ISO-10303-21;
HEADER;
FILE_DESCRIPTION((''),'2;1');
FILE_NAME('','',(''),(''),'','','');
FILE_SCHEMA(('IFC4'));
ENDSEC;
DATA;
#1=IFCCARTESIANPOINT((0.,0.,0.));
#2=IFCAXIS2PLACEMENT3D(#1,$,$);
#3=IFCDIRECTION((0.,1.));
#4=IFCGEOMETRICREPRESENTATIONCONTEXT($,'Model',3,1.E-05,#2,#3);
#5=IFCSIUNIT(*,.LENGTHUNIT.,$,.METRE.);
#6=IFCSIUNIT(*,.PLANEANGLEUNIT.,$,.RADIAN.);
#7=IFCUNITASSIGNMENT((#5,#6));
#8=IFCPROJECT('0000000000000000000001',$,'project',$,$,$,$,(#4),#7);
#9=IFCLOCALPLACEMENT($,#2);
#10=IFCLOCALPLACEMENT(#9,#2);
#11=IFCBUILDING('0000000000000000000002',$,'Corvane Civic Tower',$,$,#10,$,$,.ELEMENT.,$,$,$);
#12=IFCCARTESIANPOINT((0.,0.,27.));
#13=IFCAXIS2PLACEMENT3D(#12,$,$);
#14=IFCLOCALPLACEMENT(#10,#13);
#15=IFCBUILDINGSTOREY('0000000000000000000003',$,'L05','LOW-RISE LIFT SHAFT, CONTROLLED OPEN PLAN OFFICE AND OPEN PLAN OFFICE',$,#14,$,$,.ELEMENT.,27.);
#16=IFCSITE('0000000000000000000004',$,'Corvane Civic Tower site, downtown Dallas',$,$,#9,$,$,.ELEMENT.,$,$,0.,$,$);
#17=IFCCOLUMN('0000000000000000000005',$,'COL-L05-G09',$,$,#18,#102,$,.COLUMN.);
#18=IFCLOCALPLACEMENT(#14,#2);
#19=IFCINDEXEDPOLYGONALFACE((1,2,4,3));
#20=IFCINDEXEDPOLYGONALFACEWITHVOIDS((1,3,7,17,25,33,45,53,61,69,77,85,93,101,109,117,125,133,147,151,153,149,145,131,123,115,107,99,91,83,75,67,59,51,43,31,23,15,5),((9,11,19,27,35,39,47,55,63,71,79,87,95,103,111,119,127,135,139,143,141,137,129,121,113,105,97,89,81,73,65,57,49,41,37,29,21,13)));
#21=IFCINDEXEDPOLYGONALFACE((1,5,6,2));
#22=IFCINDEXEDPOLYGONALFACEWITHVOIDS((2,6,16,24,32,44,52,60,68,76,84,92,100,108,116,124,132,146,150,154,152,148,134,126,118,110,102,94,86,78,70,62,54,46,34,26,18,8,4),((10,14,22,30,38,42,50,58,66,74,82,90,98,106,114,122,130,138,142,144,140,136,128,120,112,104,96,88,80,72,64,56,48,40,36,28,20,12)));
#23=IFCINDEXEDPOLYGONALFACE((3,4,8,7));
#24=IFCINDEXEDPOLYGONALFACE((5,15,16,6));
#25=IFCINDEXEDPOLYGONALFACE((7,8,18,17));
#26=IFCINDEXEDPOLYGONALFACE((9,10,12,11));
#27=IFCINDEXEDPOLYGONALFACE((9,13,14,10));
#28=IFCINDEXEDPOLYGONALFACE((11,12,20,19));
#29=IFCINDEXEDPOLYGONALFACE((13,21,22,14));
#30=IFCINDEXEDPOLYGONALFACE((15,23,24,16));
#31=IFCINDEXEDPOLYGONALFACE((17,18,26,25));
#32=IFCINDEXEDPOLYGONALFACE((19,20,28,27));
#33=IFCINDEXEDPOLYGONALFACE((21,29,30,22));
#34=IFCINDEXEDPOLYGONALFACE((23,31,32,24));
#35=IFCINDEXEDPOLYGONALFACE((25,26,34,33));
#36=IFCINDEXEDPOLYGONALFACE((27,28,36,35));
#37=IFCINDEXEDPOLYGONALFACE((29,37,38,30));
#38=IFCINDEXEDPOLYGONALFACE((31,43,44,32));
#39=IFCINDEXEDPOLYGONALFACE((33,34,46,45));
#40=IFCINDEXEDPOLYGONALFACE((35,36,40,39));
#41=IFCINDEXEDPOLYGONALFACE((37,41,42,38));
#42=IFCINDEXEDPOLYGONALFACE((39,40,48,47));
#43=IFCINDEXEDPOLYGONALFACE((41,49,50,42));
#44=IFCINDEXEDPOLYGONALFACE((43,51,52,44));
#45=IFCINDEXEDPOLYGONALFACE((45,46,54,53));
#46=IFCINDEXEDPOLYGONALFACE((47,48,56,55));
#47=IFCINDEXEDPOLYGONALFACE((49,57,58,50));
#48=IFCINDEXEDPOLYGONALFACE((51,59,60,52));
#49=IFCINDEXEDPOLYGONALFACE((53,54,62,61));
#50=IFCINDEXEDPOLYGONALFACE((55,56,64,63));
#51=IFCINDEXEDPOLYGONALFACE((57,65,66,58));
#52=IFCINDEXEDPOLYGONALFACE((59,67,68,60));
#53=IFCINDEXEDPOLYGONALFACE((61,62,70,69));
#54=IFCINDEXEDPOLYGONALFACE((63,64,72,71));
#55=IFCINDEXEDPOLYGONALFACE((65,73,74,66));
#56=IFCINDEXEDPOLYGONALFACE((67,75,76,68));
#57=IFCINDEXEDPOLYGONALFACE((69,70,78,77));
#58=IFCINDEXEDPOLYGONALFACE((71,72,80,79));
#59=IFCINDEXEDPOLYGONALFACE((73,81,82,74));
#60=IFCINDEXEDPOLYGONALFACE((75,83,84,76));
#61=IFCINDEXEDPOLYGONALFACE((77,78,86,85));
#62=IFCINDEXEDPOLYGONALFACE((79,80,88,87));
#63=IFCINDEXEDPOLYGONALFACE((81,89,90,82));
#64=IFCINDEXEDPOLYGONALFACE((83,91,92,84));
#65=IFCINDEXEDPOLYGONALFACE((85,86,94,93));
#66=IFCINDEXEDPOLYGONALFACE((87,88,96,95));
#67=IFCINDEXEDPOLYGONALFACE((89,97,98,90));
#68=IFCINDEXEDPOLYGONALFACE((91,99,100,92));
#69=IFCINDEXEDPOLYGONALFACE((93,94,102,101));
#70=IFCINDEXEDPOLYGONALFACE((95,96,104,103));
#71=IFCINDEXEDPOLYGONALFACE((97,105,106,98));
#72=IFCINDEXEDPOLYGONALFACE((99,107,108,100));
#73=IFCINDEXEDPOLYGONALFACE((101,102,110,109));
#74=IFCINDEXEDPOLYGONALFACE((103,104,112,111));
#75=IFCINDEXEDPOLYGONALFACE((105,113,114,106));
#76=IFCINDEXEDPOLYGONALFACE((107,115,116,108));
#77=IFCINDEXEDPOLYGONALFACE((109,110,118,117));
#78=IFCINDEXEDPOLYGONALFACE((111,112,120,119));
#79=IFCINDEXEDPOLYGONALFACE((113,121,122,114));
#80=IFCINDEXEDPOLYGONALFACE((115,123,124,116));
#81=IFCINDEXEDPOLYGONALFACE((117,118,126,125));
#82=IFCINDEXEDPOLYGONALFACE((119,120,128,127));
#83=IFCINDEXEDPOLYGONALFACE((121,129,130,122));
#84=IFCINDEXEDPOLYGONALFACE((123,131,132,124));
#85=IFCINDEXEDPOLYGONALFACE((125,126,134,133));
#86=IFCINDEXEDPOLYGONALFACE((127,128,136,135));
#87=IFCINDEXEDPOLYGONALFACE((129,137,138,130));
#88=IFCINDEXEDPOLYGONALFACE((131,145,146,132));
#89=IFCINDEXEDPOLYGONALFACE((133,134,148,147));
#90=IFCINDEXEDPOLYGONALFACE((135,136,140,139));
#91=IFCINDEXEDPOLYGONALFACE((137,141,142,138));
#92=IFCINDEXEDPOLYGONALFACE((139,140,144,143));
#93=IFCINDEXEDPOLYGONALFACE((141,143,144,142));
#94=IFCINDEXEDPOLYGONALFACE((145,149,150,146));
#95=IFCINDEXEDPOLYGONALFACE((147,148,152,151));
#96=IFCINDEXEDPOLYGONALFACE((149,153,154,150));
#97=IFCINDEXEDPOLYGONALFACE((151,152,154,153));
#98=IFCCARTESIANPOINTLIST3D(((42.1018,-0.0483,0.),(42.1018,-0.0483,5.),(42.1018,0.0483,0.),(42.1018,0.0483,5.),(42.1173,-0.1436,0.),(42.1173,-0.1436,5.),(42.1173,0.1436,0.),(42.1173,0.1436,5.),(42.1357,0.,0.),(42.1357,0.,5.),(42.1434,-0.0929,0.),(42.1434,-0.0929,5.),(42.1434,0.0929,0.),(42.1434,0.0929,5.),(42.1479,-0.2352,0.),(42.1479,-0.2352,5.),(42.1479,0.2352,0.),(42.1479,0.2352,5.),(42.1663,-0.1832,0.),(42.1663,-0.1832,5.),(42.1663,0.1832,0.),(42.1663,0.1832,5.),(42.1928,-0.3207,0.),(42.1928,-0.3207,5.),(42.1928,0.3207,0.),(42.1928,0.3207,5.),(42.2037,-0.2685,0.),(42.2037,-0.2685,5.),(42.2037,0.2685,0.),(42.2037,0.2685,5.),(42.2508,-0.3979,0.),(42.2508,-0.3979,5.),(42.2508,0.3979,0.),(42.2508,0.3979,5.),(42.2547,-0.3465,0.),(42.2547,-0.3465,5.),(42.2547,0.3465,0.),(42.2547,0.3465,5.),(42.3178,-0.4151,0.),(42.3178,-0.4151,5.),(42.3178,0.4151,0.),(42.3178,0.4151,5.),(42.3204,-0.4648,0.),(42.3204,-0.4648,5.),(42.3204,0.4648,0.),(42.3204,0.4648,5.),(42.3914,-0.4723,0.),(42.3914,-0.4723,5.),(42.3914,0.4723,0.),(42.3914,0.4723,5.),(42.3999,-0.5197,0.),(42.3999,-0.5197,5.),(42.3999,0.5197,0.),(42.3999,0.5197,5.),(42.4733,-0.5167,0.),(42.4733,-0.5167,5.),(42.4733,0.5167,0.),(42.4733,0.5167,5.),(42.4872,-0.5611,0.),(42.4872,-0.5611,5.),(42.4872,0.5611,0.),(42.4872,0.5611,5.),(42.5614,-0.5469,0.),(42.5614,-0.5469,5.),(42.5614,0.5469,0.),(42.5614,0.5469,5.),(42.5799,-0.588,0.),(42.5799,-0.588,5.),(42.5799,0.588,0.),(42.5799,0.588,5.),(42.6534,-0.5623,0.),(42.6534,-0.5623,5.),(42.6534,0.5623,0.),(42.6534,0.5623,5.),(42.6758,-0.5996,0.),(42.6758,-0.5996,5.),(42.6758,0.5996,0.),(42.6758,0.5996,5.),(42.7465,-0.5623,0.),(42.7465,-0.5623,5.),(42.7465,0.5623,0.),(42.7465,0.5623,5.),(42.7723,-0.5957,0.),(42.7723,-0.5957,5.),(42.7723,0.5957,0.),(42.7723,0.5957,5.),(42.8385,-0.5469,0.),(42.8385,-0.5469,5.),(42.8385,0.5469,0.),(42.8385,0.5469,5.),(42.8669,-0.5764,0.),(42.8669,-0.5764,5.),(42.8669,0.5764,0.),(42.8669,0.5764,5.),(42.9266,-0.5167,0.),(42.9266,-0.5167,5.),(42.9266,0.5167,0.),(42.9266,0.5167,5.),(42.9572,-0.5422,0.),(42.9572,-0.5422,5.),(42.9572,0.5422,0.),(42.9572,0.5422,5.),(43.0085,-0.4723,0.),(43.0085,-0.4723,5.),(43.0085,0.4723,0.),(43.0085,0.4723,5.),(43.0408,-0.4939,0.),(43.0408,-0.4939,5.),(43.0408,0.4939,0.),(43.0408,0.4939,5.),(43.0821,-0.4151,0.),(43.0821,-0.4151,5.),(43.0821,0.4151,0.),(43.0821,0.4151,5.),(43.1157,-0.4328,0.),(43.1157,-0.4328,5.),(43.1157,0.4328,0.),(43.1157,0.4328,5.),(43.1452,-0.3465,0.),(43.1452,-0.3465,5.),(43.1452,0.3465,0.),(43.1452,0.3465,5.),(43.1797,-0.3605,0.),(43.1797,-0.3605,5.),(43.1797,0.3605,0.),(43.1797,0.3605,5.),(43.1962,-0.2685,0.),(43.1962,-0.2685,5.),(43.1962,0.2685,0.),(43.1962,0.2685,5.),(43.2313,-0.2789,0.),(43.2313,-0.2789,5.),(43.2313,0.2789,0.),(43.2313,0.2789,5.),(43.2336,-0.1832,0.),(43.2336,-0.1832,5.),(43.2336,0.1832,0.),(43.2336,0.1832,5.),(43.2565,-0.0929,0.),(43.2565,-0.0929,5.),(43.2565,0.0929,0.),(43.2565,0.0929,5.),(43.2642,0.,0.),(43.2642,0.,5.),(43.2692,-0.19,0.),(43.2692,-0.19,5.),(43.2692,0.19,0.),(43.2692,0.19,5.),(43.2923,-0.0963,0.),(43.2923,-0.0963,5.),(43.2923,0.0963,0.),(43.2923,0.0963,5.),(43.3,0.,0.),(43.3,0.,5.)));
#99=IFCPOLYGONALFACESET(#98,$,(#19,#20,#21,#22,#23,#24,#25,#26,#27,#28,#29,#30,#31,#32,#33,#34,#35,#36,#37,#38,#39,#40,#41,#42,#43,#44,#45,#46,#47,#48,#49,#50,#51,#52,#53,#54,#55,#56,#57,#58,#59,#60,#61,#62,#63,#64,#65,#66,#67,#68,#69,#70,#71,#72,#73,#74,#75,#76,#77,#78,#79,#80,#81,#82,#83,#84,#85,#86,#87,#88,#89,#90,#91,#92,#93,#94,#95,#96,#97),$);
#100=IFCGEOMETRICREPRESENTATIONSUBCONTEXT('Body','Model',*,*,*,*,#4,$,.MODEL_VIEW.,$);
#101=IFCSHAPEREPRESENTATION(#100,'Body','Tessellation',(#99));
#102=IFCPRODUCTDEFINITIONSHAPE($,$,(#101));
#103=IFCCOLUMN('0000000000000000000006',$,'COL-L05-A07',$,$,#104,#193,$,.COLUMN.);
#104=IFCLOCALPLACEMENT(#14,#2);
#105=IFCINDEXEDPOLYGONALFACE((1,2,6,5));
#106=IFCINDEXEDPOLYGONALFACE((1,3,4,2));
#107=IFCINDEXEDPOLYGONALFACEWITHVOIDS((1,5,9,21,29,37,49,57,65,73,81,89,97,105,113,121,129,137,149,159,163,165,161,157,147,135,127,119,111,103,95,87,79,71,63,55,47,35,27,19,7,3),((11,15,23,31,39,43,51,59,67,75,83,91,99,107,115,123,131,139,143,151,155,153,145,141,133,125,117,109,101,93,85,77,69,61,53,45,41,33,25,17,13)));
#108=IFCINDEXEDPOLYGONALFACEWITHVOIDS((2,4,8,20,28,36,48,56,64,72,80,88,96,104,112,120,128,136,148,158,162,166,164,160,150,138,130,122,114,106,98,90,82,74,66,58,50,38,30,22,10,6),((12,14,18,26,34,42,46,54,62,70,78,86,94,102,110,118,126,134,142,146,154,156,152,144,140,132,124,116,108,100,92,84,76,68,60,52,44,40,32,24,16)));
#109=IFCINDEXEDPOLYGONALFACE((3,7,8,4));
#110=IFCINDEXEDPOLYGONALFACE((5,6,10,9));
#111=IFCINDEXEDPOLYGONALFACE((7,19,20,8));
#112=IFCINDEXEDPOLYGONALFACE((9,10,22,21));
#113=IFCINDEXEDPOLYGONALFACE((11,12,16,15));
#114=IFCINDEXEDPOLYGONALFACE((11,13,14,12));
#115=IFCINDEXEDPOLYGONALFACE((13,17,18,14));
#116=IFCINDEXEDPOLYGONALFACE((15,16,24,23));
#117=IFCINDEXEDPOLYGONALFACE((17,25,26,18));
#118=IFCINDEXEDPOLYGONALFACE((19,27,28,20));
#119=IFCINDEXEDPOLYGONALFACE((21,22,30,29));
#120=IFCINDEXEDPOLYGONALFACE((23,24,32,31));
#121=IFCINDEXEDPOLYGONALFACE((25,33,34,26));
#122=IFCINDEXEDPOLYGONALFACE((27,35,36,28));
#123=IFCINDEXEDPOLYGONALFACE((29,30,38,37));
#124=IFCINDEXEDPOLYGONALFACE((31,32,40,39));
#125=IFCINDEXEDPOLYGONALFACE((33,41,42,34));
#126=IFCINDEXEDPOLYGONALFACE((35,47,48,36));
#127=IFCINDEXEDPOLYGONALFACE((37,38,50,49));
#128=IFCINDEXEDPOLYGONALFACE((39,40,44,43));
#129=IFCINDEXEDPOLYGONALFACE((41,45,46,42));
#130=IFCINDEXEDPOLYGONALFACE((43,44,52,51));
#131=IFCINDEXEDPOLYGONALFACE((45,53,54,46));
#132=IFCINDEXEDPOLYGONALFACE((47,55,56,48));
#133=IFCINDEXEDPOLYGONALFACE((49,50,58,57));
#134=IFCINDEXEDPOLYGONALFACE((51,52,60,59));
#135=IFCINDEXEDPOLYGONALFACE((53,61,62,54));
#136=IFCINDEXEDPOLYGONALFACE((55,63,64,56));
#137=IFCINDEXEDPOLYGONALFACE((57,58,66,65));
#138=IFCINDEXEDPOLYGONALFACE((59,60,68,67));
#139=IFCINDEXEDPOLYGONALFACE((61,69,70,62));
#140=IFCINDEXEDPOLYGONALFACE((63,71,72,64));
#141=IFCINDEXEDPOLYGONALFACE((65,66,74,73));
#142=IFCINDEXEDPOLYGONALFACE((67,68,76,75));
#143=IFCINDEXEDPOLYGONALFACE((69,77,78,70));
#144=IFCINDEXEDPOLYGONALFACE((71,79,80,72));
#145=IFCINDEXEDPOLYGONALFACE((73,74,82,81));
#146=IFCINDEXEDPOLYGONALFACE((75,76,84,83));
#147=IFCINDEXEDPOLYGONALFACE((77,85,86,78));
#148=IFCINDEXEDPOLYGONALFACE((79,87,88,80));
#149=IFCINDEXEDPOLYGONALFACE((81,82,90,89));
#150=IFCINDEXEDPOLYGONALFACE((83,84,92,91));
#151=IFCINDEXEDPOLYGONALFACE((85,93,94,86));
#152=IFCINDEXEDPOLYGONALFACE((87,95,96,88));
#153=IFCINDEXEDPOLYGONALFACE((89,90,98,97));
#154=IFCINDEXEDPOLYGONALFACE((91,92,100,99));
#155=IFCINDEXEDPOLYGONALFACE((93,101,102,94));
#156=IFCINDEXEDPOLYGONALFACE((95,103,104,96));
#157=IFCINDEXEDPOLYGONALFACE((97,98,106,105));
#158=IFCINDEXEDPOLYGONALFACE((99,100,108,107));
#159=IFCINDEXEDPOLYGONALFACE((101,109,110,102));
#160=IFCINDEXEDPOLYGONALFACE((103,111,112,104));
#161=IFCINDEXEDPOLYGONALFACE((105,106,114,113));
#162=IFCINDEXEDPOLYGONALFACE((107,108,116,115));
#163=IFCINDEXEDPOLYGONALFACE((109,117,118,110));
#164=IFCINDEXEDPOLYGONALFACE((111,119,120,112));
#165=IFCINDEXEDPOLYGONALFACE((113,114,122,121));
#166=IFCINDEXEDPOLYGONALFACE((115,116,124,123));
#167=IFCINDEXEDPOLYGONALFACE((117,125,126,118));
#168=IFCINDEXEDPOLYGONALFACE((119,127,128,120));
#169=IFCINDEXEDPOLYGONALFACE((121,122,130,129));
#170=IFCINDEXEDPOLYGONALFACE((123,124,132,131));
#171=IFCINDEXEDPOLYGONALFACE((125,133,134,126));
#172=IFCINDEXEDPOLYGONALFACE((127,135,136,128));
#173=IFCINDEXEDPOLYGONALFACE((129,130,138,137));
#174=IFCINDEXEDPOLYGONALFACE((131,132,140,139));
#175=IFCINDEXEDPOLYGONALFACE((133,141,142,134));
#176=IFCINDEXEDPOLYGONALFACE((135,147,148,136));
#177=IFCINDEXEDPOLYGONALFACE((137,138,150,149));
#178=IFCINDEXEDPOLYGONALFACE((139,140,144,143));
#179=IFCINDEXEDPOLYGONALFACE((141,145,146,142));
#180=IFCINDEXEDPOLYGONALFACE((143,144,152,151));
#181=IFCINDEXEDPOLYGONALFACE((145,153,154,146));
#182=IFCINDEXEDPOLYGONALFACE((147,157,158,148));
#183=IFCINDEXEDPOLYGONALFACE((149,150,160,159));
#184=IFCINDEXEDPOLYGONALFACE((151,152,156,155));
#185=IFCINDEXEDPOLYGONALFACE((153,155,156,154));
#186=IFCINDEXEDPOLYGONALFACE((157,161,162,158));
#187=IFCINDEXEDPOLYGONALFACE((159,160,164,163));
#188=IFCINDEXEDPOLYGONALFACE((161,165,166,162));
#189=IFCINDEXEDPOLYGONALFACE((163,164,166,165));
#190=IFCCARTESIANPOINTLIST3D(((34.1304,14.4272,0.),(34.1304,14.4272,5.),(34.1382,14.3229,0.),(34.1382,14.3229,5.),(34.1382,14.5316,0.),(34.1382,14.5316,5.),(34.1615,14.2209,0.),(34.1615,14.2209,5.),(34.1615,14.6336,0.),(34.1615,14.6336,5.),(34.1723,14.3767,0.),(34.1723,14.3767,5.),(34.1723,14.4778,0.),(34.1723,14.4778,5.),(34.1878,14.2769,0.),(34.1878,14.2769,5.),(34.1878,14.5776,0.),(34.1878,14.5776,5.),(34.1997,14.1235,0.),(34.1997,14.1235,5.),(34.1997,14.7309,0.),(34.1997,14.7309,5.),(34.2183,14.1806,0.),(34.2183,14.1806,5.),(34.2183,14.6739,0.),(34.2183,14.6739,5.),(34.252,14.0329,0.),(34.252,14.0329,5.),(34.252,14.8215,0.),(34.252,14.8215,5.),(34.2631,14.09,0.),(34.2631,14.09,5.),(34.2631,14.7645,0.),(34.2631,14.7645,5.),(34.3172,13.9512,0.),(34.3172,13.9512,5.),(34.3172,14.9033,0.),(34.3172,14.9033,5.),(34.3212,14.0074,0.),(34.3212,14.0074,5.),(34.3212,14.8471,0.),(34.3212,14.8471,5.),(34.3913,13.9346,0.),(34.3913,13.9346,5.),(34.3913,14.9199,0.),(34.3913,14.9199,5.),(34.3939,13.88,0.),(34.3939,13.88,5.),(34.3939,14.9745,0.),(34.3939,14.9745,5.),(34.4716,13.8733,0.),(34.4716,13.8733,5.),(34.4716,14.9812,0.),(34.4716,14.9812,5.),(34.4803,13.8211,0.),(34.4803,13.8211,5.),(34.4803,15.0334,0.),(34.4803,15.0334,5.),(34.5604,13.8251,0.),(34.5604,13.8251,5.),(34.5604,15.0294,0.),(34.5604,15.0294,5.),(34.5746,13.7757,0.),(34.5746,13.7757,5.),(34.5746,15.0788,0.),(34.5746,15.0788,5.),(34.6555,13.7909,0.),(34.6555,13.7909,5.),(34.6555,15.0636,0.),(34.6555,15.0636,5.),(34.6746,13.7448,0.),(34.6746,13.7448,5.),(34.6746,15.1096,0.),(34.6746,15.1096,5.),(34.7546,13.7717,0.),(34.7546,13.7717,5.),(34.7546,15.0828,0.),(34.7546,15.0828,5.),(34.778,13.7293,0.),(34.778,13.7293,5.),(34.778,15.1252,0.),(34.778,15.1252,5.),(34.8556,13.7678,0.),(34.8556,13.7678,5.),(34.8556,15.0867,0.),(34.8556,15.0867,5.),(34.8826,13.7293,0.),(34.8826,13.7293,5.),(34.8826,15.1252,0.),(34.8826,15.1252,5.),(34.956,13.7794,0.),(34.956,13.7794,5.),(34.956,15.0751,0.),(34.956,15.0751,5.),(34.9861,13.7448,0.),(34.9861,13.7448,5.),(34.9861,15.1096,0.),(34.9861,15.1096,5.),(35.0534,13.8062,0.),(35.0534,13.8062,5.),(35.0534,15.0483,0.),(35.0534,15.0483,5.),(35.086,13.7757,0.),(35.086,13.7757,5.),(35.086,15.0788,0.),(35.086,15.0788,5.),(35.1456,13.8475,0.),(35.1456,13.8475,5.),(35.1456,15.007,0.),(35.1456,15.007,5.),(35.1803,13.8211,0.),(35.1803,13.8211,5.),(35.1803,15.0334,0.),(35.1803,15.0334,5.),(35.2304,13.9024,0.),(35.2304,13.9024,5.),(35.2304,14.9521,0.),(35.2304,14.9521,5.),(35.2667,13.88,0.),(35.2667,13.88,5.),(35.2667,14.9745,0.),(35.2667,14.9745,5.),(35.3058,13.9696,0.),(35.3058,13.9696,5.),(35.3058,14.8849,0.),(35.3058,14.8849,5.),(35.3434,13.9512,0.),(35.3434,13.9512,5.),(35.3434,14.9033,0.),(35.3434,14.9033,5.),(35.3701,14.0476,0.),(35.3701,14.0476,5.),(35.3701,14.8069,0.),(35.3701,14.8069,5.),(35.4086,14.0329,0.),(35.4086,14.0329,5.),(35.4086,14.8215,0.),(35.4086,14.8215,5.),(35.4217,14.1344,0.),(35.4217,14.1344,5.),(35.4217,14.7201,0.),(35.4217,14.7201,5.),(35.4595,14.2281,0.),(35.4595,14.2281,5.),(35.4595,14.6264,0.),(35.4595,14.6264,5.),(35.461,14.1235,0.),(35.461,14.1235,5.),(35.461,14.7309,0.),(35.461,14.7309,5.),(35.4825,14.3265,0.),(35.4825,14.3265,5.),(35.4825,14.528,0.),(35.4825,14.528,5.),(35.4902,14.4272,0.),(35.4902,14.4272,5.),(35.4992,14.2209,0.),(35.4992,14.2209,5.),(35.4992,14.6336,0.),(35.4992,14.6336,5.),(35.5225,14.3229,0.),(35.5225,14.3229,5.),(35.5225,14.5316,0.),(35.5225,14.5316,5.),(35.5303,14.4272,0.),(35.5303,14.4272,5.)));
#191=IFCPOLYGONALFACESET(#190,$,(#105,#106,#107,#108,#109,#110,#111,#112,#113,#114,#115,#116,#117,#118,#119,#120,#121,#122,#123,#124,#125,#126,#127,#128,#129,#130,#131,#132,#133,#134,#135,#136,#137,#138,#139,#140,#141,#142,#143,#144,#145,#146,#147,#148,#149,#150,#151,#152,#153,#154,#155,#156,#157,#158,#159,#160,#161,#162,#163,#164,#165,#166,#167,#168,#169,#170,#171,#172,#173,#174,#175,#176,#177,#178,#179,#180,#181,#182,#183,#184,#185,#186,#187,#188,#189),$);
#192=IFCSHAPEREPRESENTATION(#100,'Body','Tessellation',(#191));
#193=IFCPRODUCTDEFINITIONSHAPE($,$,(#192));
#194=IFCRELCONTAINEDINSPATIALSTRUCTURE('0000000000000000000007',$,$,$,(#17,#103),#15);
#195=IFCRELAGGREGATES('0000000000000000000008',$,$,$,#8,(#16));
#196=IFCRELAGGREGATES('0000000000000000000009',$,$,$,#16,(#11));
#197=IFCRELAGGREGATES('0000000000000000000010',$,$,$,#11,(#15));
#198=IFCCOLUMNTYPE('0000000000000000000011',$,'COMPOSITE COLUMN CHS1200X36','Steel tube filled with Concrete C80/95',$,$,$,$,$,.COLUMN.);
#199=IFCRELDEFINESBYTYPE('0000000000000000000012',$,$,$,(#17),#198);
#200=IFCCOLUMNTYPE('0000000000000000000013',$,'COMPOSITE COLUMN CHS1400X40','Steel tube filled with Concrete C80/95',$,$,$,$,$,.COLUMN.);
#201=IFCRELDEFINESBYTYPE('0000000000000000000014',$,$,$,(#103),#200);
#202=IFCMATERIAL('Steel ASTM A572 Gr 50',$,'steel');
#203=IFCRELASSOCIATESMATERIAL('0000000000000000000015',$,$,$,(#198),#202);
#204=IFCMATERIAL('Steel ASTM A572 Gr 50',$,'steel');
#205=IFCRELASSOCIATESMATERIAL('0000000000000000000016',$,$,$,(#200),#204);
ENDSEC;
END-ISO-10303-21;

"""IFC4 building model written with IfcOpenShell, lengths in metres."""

from ifc_helpers import new_model, si_unit, direction, frame, origin, origin_2d, place, context, subcontext, project, spatial, hollow_circle, extrude, material, material_profile, profile_set, type_object, element, save


model = new_model("IFC4")

# Units and contexts
model_context = context("Model", 3, precision=1e-05, world=origin(), true_north=direction((0.0, 1.0)))
body_context = subcontext(model_context, "Body", "Model", "MODEL_VIEW")
ifc_project = project(units=[si_unit("LENGTHUNIT", "METRE"), si_unit("PLANEANGLEUNIT", "RADIAN")], contexts=[model_context])

# Site, building, storey
site_placement = place(None, origin())
site = spatial("IfcSite", under=ifc_project, at=site_placement, Name="Corvane Civic Tower site, downtown Dallas", CompositionType="ELEMENT", RefElevation=0.0)
building_placement = place(site_placement, origin())
building = spatial("IfcBuilding", under=site, at=building_placement, Name="Corvane Civic Tower", CompositionType="ELEMENT")
storey_placement = place(building_placement, frame((0.0, 0.0, 27.0)))
storey = spatial("IfcBuildingStorey", under=building, at=storey_placement, Name="L05", Description="LOW-RISE LIFT SHAFT, CONTROLLED OPEN PLAN OFFICE AND OPEN PLAN OFFICE", CompositionType="ELEMENT", Elevation=27.0)

# Columns
ifc_material_1 = material(Name="Steel ASTM A572 Gr 50", Category="steel")
ifc_material_profile_1 = material_profile(ifc_material_1, hollow_circle(Radius=0.6001, WallThickness=0.0359, at=origin_2d()), Name="CHS1200X36")
ifc_profile_set_1 = profile_set([ifc_material_profile_1], Name="Steel ASTM A572 Gr 50")
column_type_1 = type_object("IfcColumnType", Name="COMPOSITE COLUMN CHS1200X36", Description="Steel tube filled with Concrete C80/95", PredefinedType="COLUMN", material=ifc_profile_set_1)
for number, where, z_axis, x_axis, name in (
    (1, (42.7, 0.0, 0.0), (0.0, 0.0, 1.0), (1.0, 0.0, 0.0), "COL-L05-G09"),
):
    element("IfcColumn", number, at=place(storey_placement, frame(where, z_axis=z_axis, x_axis=x_axis)), inside=storey, type_object=column_type_1, Name=name, PredefinedType="COLUMN", context=body_context, shape_type="SweptSolid", body=[
        extrude(hollow_circle(Radius=0.6001, WallThickness=0.0359, at=origin_2d()), origin(), (0.0, 0.0, 1.0), 5.0),
    ])
ifc_material_2 = material(Name="Steel ASTM A572 Gr 50", Category="steel")
ifc_material_profile_2 = material_profile(ifc_material_2, hollow_circle(Radius=0.7, WallThickness=0.04, at=origin_2d()), Name="CHS1400X40")
ifc_profile_set_2 = profile_set([ifc_material_profile_2], Name="Steel ASTM A572 Gr 50")
column_type_2 = type_object("IfcColumnType", Name="COMPOSITE COLUMN CHS1400X40", Description="Steel tube filled with Concrete C80/95", PredefinedType="COLUMN", material=ifc_profile_set_2)
for number, where, z_axis, x_axis, name in (
    (2, (34.8303, 14.4272, 0.0), (0.0, 0.0, 1.0), (1.0, 0.0, 0.0), "COL-L05-A07"),
):
    element("IfcColumn", number, at=place(storey_placement, frame(where, z_axis=z_axis, x_axis=x_axis)), inside=storey, type_object=column_type_2, Name=name, PredefinedType="COLUMN", context=body_context, shape_type="SweptSolid", body=[
        extrude(hollow_circle(Radius=0.7, WallThickness=0.04, at=origin_2d()), origin(), (0.0, 0.0, 1.0), 5.0),
    ])

save(model, "model.ifc")
